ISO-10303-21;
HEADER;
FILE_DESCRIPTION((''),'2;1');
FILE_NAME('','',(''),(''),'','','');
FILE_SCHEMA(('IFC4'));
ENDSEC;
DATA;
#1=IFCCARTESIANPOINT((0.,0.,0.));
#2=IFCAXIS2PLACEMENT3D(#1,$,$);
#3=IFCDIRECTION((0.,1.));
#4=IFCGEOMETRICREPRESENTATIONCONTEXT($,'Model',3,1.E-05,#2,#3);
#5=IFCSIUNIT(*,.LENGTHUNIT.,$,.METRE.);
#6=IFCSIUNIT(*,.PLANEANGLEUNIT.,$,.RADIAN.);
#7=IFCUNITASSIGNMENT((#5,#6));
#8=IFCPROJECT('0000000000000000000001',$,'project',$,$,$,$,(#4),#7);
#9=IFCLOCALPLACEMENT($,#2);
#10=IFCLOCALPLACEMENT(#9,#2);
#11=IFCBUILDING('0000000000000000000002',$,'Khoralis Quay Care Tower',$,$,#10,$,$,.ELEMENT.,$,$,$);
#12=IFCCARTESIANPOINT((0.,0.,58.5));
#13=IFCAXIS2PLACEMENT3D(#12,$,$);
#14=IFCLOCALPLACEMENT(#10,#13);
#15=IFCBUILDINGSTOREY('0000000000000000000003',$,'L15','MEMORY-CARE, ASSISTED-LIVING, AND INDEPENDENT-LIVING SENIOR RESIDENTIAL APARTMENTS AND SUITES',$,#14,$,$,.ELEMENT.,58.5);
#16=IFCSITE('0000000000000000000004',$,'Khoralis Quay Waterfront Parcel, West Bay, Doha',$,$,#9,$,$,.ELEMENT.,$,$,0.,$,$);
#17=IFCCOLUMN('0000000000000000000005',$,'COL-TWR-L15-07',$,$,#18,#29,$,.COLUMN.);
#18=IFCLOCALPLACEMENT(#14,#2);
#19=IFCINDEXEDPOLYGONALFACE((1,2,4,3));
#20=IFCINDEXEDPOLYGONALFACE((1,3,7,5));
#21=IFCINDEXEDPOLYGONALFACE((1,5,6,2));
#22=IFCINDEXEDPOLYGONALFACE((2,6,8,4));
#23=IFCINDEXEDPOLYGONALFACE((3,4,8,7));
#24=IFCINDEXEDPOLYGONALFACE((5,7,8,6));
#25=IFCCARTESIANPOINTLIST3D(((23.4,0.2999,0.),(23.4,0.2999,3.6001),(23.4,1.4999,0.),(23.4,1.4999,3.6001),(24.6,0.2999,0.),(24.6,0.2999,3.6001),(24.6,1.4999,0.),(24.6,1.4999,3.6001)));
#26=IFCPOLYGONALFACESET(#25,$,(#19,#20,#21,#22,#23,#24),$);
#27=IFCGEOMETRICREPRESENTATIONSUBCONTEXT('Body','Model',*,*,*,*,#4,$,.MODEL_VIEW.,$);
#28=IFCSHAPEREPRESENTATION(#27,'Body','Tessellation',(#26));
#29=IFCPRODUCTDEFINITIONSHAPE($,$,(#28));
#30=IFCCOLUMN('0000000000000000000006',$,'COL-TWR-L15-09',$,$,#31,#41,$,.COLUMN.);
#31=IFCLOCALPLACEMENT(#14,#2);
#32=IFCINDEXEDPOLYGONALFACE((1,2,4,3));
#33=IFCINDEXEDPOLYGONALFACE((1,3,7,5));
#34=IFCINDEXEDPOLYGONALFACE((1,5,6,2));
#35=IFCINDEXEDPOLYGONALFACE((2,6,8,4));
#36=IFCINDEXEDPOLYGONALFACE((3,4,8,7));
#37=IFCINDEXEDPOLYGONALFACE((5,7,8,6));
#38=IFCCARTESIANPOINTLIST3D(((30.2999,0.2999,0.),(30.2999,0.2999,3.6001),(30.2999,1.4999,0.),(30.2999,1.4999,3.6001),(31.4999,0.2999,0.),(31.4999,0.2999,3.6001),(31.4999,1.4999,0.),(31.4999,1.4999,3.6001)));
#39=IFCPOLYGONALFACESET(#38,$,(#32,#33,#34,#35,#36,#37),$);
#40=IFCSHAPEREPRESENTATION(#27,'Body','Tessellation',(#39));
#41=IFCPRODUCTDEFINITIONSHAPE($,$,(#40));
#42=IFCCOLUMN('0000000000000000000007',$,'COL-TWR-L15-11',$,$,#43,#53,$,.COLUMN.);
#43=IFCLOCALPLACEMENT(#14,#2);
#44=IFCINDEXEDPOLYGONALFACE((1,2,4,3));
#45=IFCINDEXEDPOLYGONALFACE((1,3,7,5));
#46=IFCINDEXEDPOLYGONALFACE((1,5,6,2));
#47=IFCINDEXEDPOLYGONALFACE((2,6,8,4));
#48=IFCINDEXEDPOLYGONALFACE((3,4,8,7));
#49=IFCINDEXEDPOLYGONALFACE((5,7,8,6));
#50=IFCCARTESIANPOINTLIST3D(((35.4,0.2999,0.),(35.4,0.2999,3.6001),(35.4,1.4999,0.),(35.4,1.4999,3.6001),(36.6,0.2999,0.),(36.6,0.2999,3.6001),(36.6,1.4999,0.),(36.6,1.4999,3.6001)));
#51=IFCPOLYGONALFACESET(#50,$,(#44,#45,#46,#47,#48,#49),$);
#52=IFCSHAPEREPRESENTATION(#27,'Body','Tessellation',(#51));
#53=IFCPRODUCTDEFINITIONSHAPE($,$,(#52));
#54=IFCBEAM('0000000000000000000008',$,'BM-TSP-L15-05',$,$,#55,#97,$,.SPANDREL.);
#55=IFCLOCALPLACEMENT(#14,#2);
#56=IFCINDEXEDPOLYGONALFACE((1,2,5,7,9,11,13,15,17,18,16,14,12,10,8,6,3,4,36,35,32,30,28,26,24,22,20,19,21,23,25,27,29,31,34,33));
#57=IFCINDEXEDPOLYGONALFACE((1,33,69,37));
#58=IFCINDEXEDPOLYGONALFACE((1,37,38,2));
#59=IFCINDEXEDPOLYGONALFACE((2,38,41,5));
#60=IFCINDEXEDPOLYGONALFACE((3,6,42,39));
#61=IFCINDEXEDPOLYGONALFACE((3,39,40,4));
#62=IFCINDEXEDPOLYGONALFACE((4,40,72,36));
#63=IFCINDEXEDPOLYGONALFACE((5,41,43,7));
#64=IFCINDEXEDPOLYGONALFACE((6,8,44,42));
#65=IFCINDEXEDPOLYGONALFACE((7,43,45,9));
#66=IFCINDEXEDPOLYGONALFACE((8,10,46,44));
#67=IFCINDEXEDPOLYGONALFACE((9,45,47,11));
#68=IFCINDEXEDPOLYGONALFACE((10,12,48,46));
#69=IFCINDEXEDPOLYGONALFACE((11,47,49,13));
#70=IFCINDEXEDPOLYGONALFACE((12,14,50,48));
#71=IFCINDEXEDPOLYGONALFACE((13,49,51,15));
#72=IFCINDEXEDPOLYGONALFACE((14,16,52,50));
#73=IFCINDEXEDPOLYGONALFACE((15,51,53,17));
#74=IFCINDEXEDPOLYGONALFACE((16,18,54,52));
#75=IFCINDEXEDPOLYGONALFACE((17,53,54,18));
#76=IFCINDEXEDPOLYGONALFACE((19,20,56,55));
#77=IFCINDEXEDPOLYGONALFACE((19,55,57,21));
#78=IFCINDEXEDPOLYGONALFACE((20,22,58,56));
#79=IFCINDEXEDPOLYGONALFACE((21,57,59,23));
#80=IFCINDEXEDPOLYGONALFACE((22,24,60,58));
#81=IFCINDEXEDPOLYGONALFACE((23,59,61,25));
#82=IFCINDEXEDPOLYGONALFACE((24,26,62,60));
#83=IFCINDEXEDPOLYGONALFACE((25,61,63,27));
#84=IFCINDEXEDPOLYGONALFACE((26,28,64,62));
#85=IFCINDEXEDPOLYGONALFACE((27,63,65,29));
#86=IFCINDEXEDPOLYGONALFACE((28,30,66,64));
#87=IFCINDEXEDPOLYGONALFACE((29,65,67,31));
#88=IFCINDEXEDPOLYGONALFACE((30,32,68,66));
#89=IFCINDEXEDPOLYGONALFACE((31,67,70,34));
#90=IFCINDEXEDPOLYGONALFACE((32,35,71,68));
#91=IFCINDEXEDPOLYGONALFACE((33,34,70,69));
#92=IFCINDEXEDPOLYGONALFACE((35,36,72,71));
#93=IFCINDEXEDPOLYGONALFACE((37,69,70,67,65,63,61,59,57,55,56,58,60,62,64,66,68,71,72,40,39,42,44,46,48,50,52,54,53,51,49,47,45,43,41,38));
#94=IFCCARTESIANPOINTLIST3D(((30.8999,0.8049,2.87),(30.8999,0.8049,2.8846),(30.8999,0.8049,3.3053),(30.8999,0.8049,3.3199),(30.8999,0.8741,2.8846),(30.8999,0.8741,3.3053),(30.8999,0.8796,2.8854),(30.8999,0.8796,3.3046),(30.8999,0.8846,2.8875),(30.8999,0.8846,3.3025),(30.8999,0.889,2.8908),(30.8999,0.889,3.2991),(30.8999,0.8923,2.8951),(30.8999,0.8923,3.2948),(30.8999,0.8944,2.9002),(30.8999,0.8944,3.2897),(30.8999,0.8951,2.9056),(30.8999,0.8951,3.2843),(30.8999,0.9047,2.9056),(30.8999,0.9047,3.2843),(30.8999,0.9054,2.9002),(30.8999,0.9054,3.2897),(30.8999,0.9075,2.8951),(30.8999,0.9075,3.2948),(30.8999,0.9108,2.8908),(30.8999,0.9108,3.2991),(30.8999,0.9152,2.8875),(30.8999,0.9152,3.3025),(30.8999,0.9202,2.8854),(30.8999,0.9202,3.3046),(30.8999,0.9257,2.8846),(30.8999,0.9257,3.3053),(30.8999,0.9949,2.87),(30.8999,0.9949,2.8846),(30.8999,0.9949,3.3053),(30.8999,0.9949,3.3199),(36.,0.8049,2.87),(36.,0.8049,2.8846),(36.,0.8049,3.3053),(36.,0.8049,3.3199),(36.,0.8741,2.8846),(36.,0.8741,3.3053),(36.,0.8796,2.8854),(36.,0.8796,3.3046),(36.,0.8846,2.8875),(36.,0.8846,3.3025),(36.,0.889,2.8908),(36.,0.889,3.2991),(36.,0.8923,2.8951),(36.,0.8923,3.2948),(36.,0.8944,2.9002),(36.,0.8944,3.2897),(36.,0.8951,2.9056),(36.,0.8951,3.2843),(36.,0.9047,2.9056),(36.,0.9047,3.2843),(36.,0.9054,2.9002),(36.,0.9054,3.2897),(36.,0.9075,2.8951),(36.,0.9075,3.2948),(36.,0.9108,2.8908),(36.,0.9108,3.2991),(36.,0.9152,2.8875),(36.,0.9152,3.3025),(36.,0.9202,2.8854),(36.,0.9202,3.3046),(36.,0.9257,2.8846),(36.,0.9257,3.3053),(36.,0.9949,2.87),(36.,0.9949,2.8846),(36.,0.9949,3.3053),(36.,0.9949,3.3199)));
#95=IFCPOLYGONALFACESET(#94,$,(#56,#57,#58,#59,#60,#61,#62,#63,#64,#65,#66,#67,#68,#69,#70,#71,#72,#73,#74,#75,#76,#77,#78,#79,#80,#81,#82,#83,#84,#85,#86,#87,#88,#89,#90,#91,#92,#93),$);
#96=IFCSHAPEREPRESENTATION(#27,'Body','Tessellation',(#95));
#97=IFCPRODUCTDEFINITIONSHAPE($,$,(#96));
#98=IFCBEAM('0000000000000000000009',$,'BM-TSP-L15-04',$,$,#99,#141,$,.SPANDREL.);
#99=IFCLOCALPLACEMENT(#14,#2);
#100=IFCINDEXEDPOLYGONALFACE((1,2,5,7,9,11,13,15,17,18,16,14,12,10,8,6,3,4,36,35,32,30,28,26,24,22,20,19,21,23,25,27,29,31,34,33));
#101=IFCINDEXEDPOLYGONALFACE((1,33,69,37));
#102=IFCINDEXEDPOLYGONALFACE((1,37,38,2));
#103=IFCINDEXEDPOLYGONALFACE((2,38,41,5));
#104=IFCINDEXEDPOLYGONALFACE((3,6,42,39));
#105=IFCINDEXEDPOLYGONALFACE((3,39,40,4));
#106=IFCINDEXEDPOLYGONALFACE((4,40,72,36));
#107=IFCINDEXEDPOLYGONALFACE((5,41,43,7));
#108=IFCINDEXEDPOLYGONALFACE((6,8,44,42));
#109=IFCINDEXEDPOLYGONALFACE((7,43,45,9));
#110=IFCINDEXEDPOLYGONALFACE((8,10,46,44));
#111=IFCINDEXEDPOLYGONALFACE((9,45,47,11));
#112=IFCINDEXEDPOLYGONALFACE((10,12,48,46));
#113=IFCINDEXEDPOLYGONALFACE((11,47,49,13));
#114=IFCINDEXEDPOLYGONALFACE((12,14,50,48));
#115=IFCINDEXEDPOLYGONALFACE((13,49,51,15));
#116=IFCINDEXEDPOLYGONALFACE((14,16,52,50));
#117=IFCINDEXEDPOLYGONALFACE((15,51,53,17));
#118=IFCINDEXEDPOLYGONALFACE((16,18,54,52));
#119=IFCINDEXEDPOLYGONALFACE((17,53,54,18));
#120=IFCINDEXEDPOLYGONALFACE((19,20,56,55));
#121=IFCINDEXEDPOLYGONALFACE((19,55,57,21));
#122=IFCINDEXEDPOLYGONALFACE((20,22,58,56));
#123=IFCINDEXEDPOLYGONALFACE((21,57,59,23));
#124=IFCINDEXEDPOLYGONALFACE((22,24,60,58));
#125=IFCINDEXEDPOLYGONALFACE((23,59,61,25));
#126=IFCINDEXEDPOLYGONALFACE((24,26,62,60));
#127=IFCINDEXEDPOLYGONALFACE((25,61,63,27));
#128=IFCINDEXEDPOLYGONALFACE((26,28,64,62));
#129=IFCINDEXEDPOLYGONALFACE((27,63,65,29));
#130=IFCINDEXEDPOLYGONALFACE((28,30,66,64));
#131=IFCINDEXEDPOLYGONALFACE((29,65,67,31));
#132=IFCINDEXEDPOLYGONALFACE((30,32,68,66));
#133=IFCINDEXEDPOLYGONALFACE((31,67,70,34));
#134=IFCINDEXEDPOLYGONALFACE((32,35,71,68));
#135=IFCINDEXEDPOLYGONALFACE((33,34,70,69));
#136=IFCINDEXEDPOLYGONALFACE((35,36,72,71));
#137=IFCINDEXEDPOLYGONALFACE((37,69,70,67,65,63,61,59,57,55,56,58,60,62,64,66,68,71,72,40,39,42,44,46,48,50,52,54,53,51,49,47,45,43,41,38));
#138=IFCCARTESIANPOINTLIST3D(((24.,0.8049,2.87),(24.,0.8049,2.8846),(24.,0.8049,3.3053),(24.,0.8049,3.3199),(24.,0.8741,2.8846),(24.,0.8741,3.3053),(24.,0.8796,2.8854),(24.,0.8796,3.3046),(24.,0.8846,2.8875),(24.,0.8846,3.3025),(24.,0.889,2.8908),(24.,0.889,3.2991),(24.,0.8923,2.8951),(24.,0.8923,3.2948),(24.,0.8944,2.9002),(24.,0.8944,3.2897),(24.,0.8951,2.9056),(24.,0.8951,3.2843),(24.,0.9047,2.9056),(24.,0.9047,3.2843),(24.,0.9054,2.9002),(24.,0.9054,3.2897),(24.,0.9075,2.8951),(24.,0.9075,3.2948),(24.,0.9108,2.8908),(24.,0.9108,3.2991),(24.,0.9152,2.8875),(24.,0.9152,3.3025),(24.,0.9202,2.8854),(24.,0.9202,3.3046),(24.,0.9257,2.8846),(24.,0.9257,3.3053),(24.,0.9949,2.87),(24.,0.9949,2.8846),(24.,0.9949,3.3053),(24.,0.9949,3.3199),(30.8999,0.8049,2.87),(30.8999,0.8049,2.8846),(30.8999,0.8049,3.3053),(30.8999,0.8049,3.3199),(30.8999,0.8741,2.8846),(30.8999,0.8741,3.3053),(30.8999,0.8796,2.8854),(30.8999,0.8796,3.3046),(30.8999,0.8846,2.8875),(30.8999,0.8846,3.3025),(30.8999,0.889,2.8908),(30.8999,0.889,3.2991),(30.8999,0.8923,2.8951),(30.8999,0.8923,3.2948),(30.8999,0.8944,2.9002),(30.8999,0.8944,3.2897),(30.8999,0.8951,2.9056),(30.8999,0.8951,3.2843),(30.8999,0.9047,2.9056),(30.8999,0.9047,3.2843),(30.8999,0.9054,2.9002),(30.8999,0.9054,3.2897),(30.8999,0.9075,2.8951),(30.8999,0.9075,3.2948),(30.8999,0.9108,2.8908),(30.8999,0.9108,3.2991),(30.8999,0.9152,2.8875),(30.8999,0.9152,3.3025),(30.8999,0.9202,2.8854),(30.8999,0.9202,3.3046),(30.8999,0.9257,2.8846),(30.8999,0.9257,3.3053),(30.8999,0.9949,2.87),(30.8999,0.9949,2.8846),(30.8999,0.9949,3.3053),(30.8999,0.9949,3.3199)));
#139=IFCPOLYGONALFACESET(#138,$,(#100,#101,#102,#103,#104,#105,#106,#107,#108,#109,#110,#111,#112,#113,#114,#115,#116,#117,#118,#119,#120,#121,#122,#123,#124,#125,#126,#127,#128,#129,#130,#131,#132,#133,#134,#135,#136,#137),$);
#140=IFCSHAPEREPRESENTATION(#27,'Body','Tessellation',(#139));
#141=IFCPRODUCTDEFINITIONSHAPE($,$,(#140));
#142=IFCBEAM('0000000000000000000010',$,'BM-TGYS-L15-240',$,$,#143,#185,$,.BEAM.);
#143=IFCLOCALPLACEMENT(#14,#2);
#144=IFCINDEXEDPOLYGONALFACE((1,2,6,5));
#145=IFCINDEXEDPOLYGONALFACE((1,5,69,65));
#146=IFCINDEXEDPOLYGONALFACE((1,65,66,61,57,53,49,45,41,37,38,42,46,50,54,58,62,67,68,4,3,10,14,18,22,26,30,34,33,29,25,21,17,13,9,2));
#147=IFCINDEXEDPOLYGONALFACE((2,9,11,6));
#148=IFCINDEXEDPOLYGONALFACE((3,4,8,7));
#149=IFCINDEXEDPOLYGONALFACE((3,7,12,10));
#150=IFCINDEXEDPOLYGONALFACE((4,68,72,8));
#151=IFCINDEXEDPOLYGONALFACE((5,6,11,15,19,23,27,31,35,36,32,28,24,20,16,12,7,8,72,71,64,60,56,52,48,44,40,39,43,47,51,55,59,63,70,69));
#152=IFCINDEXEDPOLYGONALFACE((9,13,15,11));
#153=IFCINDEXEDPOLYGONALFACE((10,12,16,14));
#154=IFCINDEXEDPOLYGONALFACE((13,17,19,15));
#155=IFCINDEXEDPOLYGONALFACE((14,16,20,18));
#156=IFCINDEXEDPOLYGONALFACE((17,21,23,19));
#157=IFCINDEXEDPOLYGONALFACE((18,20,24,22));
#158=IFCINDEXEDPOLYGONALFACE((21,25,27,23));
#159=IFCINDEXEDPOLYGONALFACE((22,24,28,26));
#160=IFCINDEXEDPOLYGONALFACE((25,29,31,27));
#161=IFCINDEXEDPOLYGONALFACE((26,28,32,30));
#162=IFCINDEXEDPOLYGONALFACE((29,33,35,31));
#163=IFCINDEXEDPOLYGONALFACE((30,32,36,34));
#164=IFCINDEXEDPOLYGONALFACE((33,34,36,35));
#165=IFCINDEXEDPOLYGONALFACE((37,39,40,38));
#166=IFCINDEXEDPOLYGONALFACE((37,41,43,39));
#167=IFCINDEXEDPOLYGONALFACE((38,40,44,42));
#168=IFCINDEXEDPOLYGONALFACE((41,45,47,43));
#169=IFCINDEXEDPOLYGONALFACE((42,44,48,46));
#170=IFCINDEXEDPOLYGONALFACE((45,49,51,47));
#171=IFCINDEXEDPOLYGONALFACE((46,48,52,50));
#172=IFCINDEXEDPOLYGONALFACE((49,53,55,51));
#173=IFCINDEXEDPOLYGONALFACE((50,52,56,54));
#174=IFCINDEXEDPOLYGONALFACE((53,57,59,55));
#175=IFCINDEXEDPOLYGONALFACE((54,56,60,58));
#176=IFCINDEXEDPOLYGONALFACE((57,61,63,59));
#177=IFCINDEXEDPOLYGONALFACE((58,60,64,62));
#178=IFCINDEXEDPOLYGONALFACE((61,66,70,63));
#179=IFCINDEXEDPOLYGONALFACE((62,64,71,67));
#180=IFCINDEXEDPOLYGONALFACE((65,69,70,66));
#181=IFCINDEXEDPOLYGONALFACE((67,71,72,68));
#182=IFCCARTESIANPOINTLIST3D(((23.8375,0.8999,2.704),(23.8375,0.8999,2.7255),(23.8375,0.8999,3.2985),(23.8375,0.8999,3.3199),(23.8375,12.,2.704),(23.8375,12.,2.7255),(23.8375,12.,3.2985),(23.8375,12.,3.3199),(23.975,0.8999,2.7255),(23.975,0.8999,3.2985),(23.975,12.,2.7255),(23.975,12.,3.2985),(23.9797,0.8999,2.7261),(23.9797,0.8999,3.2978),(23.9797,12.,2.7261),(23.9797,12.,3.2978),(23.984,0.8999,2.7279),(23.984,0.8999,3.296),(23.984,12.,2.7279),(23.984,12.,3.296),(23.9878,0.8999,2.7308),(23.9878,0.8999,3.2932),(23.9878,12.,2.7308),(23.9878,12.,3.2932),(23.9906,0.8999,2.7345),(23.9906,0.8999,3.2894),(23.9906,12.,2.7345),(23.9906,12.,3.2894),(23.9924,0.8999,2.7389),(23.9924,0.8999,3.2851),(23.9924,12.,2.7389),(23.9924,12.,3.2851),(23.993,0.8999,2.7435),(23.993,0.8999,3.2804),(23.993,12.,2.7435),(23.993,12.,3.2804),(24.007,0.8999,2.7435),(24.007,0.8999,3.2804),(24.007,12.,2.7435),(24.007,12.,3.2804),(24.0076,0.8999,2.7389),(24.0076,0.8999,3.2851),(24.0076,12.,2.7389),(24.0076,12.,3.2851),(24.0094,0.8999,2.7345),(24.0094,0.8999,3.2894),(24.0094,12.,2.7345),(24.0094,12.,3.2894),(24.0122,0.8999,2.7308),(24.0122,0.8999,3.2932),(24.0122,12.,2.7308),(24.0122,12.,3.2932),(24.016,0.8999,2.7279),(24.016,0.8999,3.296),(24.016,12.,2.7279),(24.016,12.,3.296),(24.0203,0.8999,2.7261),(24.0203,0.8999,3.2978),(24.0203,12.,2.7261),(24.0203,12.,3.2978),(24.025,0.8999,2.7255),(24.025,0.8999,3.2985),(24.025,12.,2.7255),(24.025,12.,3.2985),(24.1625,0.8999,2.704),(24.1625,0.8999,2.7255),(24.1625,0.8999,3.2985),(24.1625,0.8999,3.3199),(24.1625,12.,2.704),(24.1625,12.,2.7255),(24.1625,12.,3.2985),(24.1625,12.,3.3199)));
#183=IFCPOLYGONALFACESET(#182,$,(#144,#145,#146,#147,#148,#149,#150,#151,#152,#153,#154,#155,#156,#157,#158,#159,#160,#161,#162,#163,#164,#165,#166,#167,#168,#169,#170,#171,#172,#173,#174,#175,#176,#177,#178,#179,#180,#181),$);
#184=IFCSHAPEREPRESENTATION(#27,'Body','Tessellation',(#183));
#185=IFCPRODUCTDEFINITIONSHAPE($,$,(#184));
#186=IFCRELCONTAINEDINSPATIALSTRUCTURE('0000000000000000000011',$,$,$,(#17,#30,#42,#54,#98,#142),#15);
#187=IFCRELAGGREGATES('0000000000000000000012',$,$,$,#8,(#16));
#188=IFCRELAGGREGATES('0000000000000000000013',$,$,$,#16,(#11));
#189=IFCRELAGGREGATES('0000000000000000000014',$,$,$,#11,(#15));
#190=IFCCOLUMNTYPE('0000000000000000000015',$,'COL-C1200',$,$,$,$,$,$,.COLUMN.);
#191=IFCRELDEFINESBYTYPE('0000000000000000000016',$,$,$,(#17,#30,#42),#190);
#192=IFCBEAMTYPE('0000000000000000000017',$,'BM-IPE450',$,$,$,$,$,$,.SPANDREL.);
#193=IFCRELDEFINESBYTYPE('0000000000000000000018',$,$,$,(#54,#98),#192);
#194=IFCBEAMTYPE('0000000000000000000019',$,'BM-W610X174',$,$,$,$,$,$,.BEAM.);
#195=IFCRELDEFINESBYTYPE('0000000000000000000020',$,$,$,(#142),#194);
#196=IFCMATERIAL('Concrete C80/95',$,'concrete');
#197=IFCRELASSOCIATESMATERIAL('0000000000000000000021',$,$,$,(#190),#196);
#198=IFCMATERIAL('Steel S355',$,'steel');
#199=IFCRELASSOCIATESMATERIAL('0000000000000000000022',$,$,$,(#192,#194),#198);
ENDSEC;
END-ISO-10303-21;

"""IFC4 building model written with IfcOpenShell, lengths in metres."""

from ifc_helpers import new_model, si_unit, direction, frame, origin, origin_2d, place, context, subcontext, project, spatial, rectangle, i_section, extrude, source, transform, mapped, material, material_profile, profile_set, type_object, element, save


model = new_model("IFC4")

# Units and contexts
model_context = context("Model", 3, precision=1e-05, world=origin(), true_north=direction((0.0, 1.0)))
body_context = subcontext(model_context, "Body", "Model", "MODEL_VIEW")
ifc_project = project(units=[si_unit("LENGTHUNIT", "METRE"), si_unit("PLANEANGLEUNIT", "RADIAN")], contexts=[model_context])

# Site, building, storey
site_placement = place(None, origin())
site = spatial("IfcSite", under=ifc_project, at=site_placement, Name="Khoralis Quay Waterfront Parcel, West Bay, Doha", CompositionType="ELEMENT", RefElevation=0.0)
building_placement = place(site_placement, origin())
building = spatial("IfcBuilding", under=site, at=building_placement, Name="Khoralis Quay Care Tower", CompositionType="ELEMENT")
storey_placement = place(building_placement, frame((0.0, 0.0, 58.5)))
storey = spatial("IfcBuildingStorey", under=building, at=storey_placement, Name="L15", Description="MEMORY-CARE, ASSISTED-LIVING, AND INDEPENDENT-LIVING SENIOR RESIDENTIAL APARTMENTS AND SUITES", CompositionType="ELEMENT", Elevation=58.5)

# Columns
ifc_material_1 = material(Name="Concrete C80/95", Category="concrete")
ifc_material_profile_1 = material_profile(ifc_material_1, rectangle(XDim=1.2, YDim=1.2, at=origin_2d()), Name="Concrete C80/95")
ifc_profile_set_1 = profile_set([ifc_material_profile_1], Name="Concrete C80/95")
column_type = type_object("IfcColumnType", Name="COL-C1200", PredefinedType="COLUMN", material=ifc_profile_set_1)
shared_shape_1 = source(origin(), body_context, "Body", "SweptSolid", [
    extrude(rectangle(XDim=1.2, YDim=1.2, at=origin_2d()), origin(), (0.0, 0.0, 1.0), 3.6001),
])
for number, where, z_axis, x_axis, name in (
    (1, (24.0, 0.8999, 0.0), (0.0, 0.0, 1.0), (1.0, 0.0, 0.0), "COL-TWR-L15-07"),
    (2, (30.8999, 0.8999, 0.0), (0.0, 0.0, 1.0), (1.0, 0.0, 0.0), "COL-TWR-L15-09"),
    (3, (36.0, 0.8999, 0.0), (0.0, 0.0, 1.0), (1.0, 0.0, 0.0), "COL-TWR-L15-11"),
):
    element("IfcColumn", number, at=place(storey_placement, frame(where, z_axis=z_axis, x_axis=x_axis)), inside=storey, type_object=column_type, Name=name, PredefinedType="COLUMN", context=body_context, shape_type="MappedRepresentation", body=[
        mapped(shared_shape_1, transform((0.0, 0.0, 0.0), scale=1.0)),
    ])

# Beams
ifc_material_2 = material(Name="Steel S355", Category="steel")
ifc_material_profile_2 = material_profile(ifc_material_2, i_section(OverallWidth=0.1899, OverallDepth=0.45, WebThickness=0.0095, FlangeThickness=0.0146, FilletRadius=0.021, at=origin_2d()), Name="Steel S355")
ifc_profile_set_2 = profile_set([ifc_material_profile_2], Name="Steel S355")
beam_type_1 = type_object("IfcBeamType", Name="BM-IPE450", PredefinedType="SPANDREL", material=ifc_profile_set_2)
shared_shape_2 = source(origin(), body_context, "Body", "SweptSolid", [
    extrude(i_section(OverallWidth=0.1899, OverallDepth=0.45, WebThickness=0.0095, FlangeThickness=0.0146, FilletRadius=0.021, at=origin_2d()), origin(), (0.0, 0.0, 1.0), 5.1001),
])
beam_1_placement = place(storey_placement, frame((30.8999, 0.8999, 3.095), z_axis=(1.0, 0.0, 0.0), x_axis=(0.0, 1.0, 0.0)))
element("IfcBeam", 4, at=beam_1_placement, inside=storey, type_object=beam_type_1, Name="BM-TSP-L15-05", PredefinedType="SPANDREL", context=body_context, shape_type="MappedRepresentation", body=[
    mapped(shared_shape_2, transform((0.0, 0.0, 0.0), scale=1.0)),
])
shared_shape_3 = source(origin(), body_context, "Body", "SweptSolid", [
    extrude(i_section(OverallWidth=0.1899, OverallDepth=0.45, WebThickness=0.0095, FlangeThickness=0.0146, FilletRadius=0.021, at=origin_2d()), origin(), (0.0, 0.0, 1.0), 6.8999),
])
beam_2_placement = place(storey_placement, frame((24.0, 0.8999, 3.095), z_axis=(1.0, 0.0, 0.0), x_axis=(0.0, 1.0, 0.0)))
element("IfcBeam", 5, at=beam_2_placement, inside=storey, type_object=beam_type_1, Name="BM-TSP-L15-04", PredefinedType="SPANDREL", context=body_context, shape_type="MappedRepresentation", body=[
    mapped(shared_shape_3, transform((0.0, 0.0, 0.0), scale=1.0)),
])
ifc_material_profile_3 = material_profile(ifc_material_2, i_section(OverallWidth=0.325, OverallDepth=0.616, WebThickness=0.0139, FlangeThickness=0.0215, FilletRadius=0.0181, at=origin_2d()), Name="Steel S355")
ifc_profile_set_3 = profile_set([ifc_material_profile_3], Name="Steel S355")
beam_type_2 = type_object("IfcBeamType", Name="BM-W610X174", PredefinedType="BEAM", material=ifc_profile_set_3)
shared_shape_4 = source(origin(), body_context, "Body", "SweptSolid", [
    extrude(i_section(OverallWidth=0.325, OverallDepth=0.616, WebThickness=0.0139, FlangeThickness=0.0215, FilletRadius=0.0181, at=origin_2d()), origin(), (0.0, 0.0, 1.0), 11.1001),
])
for number, where, z_axis, x_axis, name in (
    (6, (24.0, 0.8999, 3.012), (0.0, 1.0, 0.0), (-1.0, 0.0, 0.0), "BM-TGYS-L15-240"),
):
    element("IfcBeam", number, at=place(storey_placement, frame(where, z_axis=z_axis, x_axis=x_axis)), inside=storey, type_object=beam_type_2, Name=name, PredefinedType="BEAM", context=body_context, shape_type="MappedRepresentation", body=[
        mapped(shared_shape_4, transform((0.0, 0.0, 0.0), scale=1.0)),
    ])

save(model, "model.ifc")
